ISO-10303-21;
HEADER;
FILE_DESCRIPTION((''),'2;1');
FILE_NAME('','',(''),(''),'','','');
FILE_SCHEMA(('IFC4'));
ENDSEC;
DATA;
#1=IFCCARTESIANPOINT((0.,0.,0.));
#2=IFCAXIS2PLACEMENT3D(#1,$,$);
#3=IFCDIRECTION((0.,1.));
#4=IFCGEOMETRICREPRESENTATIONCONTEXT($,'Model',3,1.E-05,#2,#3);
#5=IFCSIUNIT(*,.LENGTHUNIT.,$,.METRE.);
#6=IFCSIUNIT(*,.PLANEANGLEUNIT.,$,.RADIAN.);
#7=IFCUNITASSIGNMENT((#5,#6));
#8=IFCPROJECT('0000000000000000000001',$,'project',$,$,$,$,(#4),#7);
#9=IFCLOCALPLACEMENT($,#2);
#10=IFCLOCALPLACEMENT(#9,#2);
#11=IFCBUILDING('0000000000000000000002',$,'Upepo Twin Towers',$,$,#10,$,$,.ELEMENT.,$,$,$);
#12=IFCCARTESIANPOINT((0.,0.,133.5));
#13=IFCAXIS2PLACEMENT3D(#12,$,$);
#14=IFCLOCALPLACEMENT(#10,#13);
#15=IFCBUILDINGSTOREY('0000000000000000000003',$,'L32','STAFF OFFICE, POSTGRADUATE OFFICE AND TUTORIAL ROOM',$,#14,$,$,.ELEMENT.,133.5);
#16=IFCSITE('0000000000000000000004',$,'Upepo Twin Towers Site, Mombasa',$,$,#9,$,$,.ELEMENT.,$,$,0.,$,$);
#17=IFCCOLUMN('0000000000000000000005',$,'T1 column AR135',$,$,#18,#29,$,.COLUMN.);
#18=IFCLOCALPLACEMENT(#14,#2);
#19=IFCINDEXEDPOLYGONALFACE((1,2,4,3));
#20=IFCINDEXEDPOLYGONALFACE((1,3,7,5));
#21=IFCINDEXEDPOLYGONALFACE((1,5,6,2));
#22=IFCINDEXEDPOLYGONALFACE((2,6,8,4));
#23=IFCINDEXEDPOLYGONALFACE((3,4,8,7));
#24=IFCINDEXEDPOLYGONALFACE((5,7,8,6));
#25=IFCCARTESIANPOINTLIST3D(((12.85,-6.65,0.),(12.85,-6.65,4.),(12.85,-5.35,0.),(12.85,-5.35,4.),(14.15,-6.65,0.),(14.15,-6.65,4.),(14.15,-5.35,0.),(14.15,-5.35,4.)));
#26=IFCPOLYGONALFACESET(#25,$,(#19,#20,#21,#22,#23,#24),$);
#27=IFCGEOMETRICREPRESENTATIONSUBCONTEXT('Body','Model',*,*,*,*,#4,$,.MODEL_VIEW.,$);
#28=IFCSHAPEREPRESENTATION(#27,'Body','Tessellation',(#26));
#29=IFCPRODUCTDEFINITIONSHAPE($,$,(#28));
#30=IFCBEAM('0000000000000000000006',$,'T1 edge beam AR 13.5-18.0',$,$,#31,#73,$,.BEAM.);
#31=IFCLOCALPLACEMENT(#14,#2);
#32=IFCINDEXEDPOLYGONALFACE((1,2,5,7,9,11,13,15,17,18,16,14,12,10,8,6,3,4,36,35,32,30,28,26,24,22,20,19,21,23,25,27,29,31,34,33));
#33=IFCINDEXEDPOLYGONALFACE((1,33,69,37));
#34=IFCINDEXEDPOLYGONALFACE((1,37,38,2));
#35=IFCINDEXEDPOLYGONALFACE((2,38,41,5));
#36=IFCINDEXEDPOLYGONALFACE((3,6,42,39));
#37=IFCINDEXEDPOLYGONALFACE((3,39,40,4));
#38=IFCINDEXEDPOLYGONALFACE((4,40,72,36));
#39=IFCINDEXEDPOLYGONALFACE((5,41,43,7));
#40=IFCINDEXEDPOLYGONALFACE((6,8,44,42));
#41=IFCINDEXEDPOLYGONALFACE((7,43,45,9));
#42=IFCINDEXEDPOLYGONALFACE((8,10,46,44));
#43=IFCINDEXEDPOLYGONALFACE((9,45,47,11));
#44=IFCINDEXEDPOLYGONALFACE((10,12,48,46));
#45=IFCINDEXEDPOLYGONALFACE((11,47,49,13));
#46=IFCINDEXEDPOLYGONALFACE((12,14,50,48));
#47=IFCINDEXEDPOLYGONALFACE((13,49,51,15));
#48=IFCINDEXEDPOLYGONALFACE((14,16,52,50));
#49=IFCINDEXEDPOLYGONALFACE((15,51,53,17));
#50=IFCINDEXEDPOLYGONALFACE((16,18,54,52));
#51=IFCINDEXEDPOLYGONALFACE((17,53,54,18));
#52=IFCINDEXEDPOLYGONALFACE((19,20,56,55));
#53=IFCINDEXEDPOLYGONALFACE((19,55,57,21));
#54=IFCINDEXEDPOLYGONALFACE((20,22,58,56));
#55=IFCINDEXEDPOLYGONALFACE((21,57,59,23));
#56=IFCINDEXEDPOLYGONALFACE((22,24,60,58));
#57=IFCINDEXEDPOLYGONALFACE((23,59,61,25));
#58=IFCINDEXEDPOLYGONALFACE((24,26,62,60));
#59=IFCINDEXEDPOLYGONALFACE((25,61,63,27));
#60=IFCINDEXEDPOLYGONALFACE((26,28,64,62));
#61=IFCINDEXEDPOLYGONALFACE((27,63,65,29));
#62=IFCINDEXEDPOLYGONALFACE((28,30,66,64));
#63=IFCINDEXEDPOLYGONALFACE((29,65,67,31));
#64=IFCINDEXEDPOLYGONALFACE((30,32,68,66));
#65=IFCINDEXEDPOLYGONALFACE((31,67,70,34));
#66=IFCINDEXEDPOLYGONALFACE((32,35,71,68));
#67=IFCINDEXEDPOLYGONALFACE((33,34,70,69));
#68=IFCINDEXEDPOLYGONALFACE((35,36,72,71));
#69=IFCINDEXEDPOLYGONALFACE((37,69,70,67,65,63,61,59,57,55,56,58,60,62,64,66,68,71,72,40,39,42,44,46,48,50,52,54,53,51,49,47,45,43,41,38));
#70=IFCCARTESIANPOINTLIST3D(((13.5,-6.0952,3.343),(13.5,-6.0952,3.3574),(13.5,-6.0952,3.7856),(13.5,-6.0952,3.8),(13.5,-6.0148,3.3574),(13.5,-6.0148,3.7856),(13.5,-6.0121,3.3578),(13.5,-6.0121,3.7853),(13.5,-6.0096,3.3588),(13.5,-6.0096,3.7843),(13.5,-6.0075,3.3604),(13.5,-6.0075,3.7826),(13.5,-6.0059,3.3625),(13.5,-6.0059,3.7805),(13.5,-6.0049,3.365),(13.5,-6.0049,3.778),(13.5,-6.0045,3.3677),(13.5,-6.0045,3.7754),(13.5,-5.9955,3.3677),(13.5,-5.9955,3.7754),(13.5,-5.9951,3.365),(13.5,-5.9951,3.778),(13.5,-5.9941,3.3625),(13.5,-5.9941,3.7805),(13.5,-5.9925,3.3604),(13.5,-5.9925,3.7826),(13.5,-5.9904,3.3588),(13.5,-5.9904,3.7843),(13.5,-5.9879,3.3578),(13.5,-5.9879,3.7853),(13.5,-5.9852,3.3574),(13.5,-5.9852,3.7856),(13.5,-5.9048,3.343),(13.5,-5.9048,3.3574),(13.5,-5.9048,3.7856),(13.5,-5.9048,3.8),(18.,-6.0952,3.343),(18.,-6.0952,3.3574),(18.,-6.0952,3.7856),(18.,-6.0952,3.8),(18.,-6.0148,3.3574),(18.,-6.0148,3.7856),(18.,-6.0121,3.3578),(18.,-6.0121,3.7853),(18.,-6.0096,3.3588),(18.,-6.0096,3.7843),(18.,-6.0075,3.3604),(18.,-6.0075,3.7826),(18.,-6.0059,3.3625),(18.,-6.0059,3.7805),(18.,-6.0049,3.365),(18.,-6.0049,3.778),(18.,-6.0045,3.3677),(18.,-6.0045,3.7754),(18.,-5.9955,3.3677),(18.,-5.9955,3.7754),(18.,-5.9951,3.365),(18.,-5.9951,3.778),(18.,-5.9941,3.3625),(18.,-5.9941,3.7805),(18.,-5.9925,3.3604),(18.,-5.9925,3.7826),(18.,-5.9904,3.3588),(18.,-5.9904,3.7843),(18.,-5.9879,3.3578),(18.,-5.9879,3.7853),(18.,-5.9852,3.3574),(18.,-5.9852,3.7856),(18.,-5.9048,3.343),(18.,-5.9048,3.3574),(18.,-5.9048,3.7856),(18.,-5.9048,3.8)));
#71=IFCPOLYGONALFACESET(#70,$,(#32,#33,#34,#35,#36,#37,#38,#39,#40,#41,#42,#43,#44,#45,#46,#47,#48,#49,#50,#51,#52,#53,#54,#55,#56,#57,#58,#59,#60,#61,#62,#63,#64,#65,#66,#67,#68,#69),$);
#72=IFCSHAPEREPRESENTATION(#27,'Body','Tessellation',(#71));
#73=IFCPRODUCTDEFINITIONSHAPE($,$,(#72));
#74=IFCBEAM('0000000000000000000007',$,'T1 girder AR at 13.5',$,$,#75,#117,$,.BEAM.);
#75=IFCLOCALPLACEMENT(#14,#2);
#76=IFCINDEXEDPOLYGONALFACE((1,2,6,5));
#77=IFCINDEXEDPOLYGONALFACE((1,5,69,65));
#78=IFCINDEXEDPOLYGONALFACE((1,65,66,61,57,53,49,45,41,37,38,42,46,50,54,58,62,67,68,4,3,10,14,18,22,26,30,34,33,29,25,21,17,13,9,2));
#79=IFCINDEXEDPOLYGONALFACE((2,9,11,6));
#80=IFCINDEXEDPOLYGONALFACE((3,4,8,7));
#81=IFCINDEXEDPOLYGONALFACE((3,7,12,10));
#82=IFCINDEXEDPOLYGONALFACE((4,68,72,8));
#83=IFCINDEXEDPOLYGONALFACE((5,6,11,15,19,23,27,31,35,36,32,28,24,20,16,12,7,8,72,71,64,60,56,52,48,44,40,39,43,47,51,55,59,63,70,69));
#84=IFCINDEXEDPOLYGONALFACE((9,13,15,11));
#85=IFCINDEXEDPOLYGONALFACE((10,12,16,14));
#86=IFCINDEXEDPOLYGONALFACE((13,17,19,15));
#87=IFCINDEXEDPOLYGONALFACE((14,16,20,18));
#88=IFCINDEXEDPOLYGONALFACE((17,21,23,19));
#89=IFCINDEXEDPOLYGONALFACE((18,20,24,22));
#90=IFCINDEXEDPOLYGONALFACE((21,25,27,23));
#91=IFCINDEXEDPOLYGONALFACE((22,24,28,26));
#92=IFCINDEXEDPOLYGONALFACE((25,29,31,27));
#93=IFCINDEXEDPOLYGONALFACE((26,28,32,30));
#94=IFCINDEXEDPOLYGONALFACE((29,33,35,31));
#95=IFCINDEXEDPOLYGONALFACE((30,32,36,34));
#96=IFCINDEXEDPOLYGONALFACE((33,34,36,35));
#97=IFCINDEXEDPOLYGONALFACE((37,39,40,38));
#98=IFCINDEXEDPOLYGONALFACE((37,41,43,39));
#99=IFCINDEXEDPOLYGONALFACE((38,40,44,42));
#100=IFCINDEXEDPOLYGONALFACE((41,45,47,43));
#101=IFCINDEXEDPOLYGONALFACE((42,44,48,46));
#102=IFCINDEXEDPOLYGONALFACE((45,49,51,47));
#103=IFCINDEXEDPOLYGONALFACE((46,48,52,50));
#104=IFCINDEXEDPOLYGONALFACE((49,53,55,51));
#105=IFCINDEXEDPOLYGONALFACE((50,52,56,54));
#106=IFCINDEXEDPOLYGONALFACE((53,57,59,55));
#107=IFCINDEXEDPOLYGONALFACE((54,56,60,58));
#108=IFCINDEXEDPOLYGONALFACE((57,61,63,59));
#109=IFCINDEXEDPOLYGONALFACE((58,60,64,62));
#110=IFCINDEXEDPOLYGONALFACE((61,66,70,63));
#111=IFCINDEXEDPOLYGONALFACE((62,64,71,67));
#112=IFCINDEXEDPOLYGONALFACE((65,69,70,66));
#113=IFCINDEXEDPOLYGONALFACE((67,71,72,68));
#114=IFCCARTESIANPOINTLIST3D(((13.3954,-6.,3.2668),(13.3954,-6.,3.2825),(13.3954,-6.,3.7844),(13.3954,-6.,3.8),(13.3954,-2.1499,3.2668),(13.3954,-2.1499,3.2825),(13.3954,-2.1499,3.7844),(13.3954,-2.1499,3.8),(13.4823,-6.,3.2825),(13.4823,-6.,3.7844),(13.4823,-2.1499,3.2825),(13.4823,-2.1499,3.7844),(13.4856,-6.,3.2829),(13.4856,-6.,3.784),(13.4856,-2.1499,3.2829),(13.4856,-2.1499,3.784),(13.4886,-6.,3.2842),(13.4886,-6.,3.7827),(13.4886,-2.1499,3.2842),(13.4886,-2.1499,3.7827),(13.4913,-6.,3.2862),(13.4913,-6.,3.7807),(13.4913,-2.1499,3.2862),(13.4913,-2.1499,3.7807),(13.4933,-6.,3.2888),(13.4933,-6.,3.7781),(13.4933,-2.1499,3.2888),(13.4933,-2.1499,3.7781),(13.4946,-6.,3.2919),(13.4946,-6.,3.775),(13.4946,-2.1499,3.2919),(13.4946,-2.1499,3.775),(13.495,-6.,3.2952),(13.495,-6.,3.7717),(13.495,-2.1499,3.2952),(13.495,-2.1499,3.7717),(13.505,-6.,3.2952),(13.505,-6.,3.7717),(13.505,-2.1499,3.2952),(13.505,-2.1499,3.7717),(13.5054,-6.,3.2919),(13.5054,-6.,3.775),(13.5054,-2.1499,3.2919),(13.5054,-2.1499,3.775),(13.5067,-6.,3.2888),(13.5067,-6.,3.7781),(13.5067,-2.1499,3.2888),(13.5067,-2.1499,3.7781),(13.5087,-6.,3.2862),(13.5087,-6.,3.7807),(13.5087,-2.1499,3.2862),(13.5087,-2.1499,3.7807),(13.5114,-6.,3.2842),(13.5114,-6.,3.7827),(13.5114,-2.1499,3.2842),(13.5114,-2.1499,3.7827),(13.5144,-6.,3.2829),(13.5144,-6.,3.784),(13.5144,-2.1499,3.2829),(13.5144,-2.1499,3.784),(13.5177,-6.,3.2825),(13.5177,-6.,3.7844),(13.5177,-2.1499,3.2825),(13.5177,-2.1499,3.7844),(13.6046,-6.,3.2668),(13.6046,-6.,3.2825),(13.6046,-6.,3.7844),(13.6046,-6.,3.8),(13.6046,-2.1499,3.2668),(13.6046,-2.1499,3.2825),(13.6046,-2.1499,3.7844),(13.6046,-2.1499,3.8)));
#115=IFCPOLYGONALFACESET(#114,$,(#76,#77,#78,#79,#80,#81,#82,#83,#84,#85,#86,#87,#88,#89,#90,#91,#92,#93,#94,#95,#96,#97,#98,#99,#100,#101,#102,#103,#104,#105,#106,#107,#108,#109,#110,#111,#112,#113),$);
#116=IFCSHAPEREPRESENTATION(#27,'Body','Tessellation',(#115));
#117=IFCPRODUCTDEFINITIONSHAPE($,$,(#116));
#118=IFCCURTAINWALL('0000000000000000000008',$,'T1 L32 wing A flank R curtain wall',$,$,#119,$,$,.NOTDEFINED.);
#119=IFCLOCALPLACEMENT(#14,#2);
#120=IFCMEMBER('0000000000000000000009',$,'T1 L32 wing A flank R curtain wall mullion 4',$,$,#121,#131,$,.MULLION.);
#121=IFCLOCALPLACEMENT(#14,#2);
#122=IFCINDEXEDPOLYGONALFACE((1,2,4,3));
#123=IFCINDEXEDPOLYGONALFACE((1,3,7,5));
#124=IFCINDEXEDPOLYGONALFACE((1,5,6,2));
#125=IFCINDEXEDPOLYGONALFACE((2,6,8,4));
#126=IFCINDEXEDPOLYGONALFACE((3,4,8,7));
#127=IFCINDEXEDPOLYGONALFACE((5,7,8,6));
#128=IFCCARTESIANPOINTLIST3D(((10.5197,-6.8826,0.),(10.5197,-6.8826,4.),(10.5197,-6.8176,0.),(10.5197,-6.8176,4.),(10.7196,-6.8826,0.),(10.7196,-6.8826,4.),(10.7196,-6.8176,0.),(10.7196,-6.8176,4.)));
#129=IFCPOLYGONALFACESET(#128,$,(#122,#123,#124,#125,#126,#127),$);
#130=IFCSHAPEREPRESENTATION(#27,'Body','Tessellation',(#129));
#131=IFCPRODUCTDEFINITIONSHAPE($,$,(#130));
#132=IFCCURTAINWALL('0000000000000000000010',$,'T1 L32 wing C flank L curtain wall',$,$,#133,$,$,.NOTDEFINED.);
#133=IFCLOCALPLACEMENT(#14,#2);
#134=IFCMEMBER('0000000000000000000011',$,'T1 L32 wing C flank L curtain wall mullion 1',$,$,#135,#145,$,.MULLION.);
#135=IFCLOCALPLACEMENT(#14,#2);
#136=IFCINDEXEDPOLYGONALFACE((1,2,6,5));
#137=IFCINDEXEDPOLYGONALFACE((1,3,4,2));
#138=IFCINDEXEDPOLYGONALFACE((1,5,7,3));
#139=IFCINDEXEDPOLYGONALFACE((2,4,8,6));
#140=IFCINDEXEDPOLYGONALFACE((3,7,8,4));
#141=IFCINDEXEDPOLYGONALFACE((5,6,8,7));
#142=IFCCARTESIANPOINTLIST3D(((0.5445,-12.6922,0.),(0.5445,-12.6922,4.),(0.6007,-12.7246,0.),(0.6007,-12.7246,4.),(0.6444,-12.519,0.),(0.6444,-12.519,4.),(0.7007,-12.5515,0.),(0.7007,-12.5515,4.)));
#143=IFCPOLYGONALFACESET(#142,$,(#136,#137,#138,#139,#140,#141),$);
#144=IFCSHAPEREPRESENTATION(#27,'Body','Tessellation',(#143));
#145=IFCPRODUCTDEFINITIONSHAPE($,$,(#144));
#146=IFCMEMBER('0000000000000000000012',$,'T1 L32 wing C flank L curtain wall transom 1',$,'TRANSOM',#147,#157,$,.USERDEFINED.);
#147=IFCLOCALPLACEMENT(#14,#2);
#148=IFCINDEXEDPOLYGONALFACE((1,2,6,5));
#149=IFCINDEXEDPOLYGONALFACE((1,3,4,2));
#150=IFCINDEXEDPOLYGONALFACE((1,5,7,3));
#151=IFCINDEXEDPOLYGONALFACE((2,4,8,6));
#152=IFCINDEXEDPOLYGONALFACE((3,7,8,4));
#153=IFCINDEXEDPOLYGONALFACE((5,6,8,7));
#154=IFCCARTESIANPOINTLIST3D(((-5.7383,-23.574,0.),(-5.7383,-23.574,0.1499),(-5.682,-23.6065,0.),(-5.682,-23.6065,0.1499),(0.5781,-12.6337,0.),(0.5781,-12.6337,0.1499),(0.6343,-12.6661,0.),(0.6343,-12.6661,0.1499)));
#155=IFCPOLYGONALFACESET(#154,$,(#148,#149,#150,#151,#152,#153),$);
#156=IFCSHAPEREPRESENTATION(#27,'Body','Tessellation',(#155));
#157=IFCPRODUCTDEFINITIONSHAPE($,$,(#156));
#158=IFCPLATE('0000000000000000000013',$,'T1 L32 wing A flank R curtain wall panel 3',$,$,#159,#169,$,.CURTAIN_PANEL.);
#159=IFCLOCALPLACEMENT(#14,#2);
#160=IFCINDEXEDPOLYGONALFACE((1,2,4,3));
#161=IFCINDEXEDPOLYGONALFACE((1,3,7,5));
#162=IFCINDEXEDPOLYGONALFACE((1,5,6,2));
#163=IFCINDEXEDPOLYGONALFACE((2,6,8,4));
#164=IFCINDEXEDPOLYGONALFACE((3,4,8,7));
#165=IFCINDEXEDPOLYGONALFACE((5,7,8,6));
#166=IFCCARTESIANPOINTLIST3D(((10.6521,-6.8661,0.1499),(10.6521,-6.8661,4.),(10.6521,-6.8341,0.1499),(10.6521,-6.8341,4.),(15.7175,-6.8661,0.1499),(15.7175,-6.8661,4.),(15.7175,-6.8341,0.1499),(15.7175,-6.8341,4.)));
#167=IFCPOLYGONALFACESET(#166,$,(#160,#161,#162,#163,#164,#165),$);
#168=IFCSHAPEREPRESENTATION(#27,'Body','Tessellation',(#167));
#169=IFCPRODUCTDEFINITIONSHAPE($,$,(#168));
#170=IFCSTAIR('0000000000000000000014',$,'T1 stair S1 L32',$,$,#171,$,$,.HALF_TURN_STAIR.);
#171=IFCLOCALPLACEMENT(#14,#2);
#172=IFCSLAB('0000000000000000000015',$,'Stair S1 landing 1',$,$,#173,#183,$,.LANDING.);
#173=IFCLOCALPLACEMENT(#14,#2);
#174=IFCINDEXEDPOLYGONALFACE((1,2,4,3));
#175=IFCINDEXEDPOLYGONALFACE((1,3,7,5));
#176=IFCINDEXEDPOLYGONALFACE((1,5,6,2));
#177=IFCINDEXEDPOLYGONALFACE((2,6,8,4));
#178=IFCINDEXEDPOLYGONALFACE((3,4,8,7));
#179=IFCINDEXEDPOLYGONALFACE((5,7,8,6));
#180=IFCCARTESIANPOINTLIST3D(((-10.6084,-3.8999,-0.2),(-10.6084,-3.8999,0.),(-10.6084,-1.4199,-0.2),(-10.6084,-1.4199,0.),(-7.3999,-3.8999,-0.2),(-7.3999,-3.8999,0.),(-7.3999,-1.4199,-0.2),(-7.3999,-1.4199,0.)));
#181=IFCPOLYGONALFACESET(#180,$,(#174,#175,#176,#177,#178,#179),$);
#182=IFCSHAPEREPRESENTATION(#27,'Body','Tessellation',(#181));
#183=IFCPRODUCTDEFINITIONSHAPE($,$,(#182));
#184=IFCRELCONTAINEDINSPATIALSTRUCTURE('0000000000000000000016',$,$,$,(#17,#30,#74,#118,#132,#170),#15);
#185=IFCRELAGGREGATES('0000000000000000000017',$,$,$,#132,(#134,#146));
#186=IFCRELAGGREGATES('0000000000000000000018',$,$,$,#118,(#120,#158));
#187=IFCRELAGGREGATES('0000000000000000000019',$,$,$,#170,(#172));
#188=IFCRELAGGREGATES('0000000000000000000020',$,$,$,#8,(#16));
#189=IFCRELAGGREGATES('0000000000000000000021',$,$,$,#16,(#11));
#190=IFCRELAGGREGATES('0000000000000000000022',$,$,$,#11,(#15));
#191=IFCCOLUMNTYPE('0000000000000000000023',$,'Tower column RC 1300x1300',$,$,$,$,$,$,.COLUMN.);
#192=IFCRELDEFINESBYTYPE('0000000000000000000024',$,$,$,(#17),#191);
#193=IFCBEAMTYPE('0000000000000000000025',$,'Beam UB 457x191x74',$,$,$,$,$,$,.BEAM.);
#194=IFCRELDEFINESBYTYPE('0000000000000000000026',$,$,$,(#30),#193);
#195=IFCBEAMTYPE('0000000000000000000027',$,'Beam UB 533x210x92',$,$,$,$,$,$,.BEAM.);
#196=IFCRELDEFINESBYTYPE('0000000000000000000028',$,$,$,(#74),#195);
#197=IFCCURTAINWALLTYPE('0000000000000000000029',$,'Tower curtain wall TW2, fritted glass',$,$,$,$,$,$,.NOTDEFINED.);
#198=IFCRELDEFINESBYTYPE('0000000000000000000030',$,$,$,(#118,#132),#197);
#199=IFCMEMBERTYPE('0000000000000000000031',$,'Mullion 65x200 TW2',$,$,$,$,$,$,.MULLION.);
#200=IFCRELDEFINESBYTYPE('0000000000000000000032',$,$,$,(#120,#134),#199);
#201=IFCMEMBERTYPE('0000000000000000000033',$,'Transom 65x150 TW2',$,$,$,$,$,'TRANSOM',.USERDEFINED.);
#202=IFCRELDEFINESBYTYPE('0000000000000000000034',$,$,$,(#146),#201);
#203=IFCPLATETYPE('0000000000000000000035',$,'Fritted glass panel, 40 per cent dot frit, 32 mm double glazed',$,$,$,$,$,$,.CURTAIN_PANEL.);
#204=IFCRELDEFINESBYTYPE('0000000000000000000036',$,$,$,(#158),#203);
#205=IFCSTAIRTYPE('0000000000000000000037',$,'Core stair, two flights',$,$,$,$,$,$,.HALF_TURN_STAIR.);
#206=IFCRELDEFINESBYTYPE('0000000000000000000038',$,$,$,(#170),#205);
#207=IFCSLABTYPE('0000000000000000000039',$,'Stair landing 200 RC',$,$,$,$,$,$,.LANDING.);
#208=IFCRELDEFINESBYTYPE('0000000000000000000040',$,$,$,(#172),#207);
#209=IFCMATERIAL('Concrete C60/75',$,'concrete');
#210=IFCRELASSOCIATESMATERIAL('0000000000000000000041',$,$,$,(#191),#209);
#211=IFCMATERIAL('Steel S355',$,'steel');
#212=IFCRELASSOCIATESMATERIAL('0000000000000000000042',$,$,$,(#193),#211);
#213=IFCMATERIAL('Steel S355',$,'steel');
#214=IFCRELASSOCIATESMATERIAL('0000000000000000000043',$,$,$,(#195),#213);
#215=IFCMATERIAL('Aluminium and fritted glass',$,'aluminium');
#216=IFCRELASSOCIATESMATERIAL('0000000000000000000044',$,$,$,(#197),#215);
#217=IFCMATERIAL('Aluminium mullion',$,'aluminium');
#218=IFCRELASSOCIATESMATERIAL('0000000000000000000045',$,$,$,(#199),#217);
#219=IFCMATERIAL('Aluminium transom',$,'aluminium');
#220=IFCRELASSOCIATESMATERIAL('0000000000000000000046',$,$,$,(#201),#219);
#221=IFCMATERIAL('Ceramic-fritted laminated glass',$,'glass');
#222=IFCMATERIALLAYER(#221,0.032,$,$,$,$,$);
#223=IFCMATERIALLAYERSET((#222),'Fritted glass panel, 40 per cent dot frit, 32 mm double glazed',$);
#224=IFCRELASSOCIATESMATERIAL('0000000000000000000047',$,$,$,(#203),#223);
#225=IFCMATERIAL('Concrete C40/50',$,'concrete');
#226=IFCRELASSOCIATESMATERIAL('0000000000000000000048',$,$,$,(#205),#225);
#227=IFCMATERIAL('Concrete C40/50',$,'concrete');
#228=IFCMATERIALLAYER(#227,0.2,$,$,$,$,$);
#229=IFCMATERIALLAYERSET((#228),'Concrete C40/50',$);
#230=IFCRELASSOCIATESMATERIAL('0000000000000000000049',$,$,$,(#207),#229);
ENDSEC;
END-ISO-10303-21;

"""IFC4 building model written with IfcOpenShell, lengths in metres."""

from ifc_helpers import new_model, si_unit, direction, frame, origin, origin_2d, place, context, subcontext, project, spatial, polyline, rectangle, i_section, outline, extrude, material, layer, layer_set, material_profile, profile_set, type_object, element, aggregate, save


model = new_model("IFC4")

# Units and contexts
model_context = context("Model", 3, precision=1e-05, world=origin(), true_north=direction((0.0, 1.0)))
body_context = subcontext(model_context, "Body", "Model", "MODEL_VIEW")
ifc_project = project(units=[si_unit("LENGTHUNIT", "METRE"), si_unit("PLANEANGLEUNIT", "RADIAN")], contexts=[model_context])

# Site, building, storey
site_placement = place(None, origin())
site = spatial("IfcSite", under=ifc_project, at=site_placement, Name="Upepo Twin Towers Site, Mombasa", CompositionType="ELEMENT", RefElevation=0.0)
building_placement = place(site_placement, origin())
building = spatial("IfcBuilding", under=site, at=building_placement, Name="Upepo Twin Towers", CompositionType="ELEMENT")
storey_placement = place(building_placement, frame((0.0, 0.0, 133.5)))
storey = spatial("IfcBuildingStorey", under=building, at=storey_placement, Name="L32", Description="STAFF OFFICE, POSTGRADUATE OFFICE AND TUTORIAL ROOM", CompositionType="ELEMENT", Elevation=133.5)

# Column
ifc_material_1 = material(Name="Concrete C60/75", Category="concrete")
ifc_material_profile_1 = material_profile(ifc_material_1, rectangle(XDim=1.3, YDim=1.3, at=origin_2d()), Name="RC 1300x1300")
ifc_profile_set_1 = profile_set([ifc_material_profile_1], Name="Concrete C60/75")
column_type = type_object("IfcColumnType", Name="Tower column RC 1300x1300", PredefinedType="COLUMN", material=ifc_profile_set_1)
column_placement = place(storey_placement, frame((13.5, -6.0, 0.0), z_axis=(0.0, 0.0, 1.0), x_axis=(1.0, 0.0, 0.0)))
element("IfcColumn", 1, at=column_placement, inside=storey, type_object=column_type, Name="T1 column AR135", PredefinedType="COLUMN", context=body_context, shape_type="SweptSolid", body=[
    extrude(rectangle(XDim=1.3, YDim=1.3, at=origin_2d()), origin(), (0.0, 0.0, 1.0), 4.0),
])

# Beams
ifc_material_2 = material(Name="Steel S355", Category="steel")
ifc_material_profile_2 = material_profile(ifc_material_2, i_section(OverallWidth=0.1904, OverallDepth=0.457, WebThickness=0.009, FlangeThickness=0.0144, FilletRadius=0.0103, at=origin_2d()), Name="UB 457x191x74")
ifc_profile_set_2 = profile_set([ifc_material_profile_2], Name="Steel S355")
beam_type_1 = type_object("IfcBeamType", Name="Beam UB 457x191x74", PredefinedType="BEAM", material=ifc_profile_set_2)
beam_1_placement = place(storey_placement, frame((13.5, -6.0, 3.5715), z_axis=(1.0, 0.0, 0.0), x_axis=(0.0, 1.0, 0.0)))
element("IfcBeam", 2, at=beam_1_placement, inside=storey, type_object=beam_type_1, Name="T1 edge beam AR 13.5-18.0", PredefinedType="BEAM", context=body_context, shape_type="SweptSolid", body=[
    extrude(i_section(OverallWidth=0.1904, OverallDepth=0.457, WebThickness=0.009, FlangeThickness=0.0144, FilletRadius=0.0103, at=origin_2d()), origin(), (0.0, 0.0, 1.0), 4.5),
])
ifc_material_3 = material(Name="Steel S355", Category="steel")
ifc_material_profile_3 = material_profile(ifc_material_3, i_section(OverallWidth=0.2092, OverallDepth=0.5332, WebThickness=0.01, FlangeThickness=0.0156, FilletRadius=0.0127, at=origin_2d()), Name="UB 533x210x92")
ifc_profile_set_3 = profile_set([ifc_material_profile_3], Name="Steel S355")
beam_type_2 = type_object("IfcBeamType", Name="Beam UB 533x210x92", PredefinedType="BEAM", material=ifc_profile_set_3)
beam_2_placement = place(storey_placement, frame((13.5, -6.0, 3.5334), z_axis=(0.0, 1.0, 0.0), x_axis=(-1.0, 0.0, 0.0)))
element("IfcBeam", 3, at=beam_2_placement, inside=storey, type_object=beam_type_2, Name="T1 girder AR at 13.5", PredefinedType="BEAM", context=body_context, shape_type="SweptSolid", body=[
    extrude(i_section(OverallWidth=0.2092, OverallDepth=0.5332, WebThickness=0.01, FlangeThickness=0.0156, FilletRadius=0.0127, at=origin_2d()), origin(), (0.0, 0.0, 1.0), 3.8501),
])

# Curtain wall, member
ifc_material_4 = material(Name="Aluminium and fritted glass", Category="aluminium")
curtain_wall_type = type_object("IfcCurtainWallType", Name="Tower curtain wall TW2, fritted glass", PredefinedType="NOTDEFINED", material=ifc_material_4)
curtain_wall_1_placement = place(storey_placement, origin())
curtain_wall_1 = element("IfcCurtainWall", 4, at=curtain_wall_1_placement, inside=storey, type_object=curtain_wall_type, Name="T1 L32 wing A flank R curtain wall", PredefinedType="NOTDEFINED")
ifc_material_5 = material(Name="Aluminium mullion", Category="aluminium")
ifc_material_profile_4 = material_profile(ifc_material_5, rectangle(XDim=0.0649, YDim=0.2, at=origin_2d()), Name="MULLION 65x200")
ifc_profile_set_4 = profile_set([ifc_material_profile_4], Name="Aluminium mullion")
member_type_1 = type_object("IfcMemberType", Name="Mullion 65x200 TW2", PredefinedType="MULLION", material=ifc_profile_set_4)
member_1_placement = place(storey_placement, frame((10.6196, -6.8501, 0.0), z_axis=(0.0, 0.0, 1.0), x_axis=(0.0, -1.0, 0.0)))
member_1 = element("IfcMember", 5, at=member_1_placement, type_object=member_type_1, Name="T1 L32 wing A flank R curtain wall mullion 4", PredefinedType="MULLION", context=body_context, shape_type="SweptSolid", body=[
    extrude(rectangle(XDim=0.0649, YDim=0.2, at=origin_2d()), origin(), (0.0, 0.0, 1.0), 4.0),
])

# Curtain wall, members
curtain_wall_2_placement = place(storey_placement, origin())
curtain_wall_2 = element("IfcCurtainWall", 6, at=curtain_wall_2_placement, inside=storey, type_object=curtain_wall_type, Name="T1 L32 wing C flank L curtain wall", PredefinedType="NOTDEFINED")
member_2_placement = place(storey_placement, frame((0.6226, -12.6218, 0.0), z_axis=(0.0, 0.0, 1.0), x_axis=(0.866025, -0.5, 0.0)))
member_2 = element("IfcMember", 7, at=member_2_placement, type_object=member_type_1, Name="T1 L32 wing C flank L curtain wall mullion 1", PredefinedType="MULLION", context=body_context, shape_type="SweptSolid", body=[
    extrude(rectangle(XDim=0.0649, YDim=0.2, at=origin_2d()), origin(), (0.0, 0.0, 1.0), 4.0),
])
ifc_material_6 = material(Name="Aluminium transom", Category="aluminium")
ifc_material_profile_5 = material_profile(ifc_material_6, rectangle(XDim=0.0649, YDim=0.1499, at=origin_2d()), Name="TRANSOM 65x150")
ifc_profile_set_5 = profile_set([ifc_material_profile_5], Name="Aluminium transom")
member_type_2 = type_object("IfcMemberType", Name="Transom 65x150 TW2", ElementType="TRANSOM", PredefinedType="USERDEFINED", material=ifc_profile_set_5)
member_3_placement = place(storey_placement, frame((0.6062, -12.6499, 0.075), z_axis=(-0.499997, -0.866027, 0.0), x_axis=(0.866027, -0.499997, 0.0)))
member_3 = element("IfcMember", 8, at=member_3_placement, type_object=member_type_2, Name="T1 L32 wing C flank L curtain wall transom 1", ObjectType="TRANSOM", PredefinedType="USERDEFINED", context=body_context, shape_type="SweptSolid", body=[
    extrude(rectangle(XDim=0.0649, YDim=0.1499, at=origin_2d()), origin(), (0.0, 0.0, 1.0), 12.6328),
])
aggregate(curtain_wall_2, [member_2, member_3])

# Plate
ifc_material_7 = material(Name="Ceramic-fritted laminated glass", Category="glass")
ifc_layer_1 = layer(ifc_material_7, 0.032)
ifc_layer_set_1 = layer_set([ifc_layer_1], Name="Fritted glass panel, 40 per cent dot frit, 32 mm double glazed")
plate_type = type_object("IfcPlateType", Name="Fritted glass panel, 40 per cent dot frit, 32 mm double glazed", PredefinedType="CURTAIN_PANEL", material=ifc_layer_set_1)
plate_placement = place(storey_placement, frame((13.1848, -6.8501, 0.1499), z_axis=(0.0, 0.0, 1.0), x_axis=(-1.0, 0.0, 0.0)))
plate = element("IfcPlate", 9, at=plate_placement, type_object=plate_type, Name="T1 L32 wing A flank R curtain wall panel 3", PredefinedType="CURTAIN_PANEL", context=body_context, shape_type="SweptSolid", body=[
    extrude(rectangle(XDim=5.0654, YDim=0.032, at=origin_2d()), origin(), (0.0, 0.0, 1.0), 3.8501),
])
aggregate(curtain_wall_1, [member_1, plate])

# Stair, slab
ifc_material_8 = material(Name="Concrete C40/50", Category="concrete")
stair_type = type_object("IfcStairType", Name="Core stair, two flights", PredefinedType="HALF_TURN_STAIR", material=ifc_material_8)
stair_1_placement = place(storey_placement, origin())
stair_1 = element("IfcStair", 10, at=stair_1_placement, inside=storey, type_object=stair_type, Name="T1 stair S1 L32", PredefinedType="HALF_TURN_STAIR")
ifc_material_9 = material(Name="Concrete C40/50", Category="concrete")
ifc_layer_2 = layer(ifc_material_9, 0.2)
ifc_layer_set_2 = layer_set([ifc_layer_2], Name="Concrete C40/50")
slab_type_1 = type_object("IfcSlabType", Name="Stair landing 200 RC", PredefinedType="LANDING", material=ifc_layer_set_2)
slab_1_placement = place(storey_placement, frame((0.0, 0.0, -0.2)))
slab_1 = element("IfcSlab", 11, at=slab_1_placement, type_object=slab_type_1, Name="Stair S1 landing 1", PredefinedType="LANDING", context=body_context, shape_type="SweptSolid", body=[
    extrude(outline(polyline([(-7.3999, -1.4199), (-10.6084, -1.4199), (-10.6084, -3.8999), (-7.3999, -3.8999), (-7.3999, -1.4199)])), origin(), (0.0, 0.0, 1.0), 0.2),
])
aggregate(stair_1, [slab_1])

save(model, "model.ifc")
